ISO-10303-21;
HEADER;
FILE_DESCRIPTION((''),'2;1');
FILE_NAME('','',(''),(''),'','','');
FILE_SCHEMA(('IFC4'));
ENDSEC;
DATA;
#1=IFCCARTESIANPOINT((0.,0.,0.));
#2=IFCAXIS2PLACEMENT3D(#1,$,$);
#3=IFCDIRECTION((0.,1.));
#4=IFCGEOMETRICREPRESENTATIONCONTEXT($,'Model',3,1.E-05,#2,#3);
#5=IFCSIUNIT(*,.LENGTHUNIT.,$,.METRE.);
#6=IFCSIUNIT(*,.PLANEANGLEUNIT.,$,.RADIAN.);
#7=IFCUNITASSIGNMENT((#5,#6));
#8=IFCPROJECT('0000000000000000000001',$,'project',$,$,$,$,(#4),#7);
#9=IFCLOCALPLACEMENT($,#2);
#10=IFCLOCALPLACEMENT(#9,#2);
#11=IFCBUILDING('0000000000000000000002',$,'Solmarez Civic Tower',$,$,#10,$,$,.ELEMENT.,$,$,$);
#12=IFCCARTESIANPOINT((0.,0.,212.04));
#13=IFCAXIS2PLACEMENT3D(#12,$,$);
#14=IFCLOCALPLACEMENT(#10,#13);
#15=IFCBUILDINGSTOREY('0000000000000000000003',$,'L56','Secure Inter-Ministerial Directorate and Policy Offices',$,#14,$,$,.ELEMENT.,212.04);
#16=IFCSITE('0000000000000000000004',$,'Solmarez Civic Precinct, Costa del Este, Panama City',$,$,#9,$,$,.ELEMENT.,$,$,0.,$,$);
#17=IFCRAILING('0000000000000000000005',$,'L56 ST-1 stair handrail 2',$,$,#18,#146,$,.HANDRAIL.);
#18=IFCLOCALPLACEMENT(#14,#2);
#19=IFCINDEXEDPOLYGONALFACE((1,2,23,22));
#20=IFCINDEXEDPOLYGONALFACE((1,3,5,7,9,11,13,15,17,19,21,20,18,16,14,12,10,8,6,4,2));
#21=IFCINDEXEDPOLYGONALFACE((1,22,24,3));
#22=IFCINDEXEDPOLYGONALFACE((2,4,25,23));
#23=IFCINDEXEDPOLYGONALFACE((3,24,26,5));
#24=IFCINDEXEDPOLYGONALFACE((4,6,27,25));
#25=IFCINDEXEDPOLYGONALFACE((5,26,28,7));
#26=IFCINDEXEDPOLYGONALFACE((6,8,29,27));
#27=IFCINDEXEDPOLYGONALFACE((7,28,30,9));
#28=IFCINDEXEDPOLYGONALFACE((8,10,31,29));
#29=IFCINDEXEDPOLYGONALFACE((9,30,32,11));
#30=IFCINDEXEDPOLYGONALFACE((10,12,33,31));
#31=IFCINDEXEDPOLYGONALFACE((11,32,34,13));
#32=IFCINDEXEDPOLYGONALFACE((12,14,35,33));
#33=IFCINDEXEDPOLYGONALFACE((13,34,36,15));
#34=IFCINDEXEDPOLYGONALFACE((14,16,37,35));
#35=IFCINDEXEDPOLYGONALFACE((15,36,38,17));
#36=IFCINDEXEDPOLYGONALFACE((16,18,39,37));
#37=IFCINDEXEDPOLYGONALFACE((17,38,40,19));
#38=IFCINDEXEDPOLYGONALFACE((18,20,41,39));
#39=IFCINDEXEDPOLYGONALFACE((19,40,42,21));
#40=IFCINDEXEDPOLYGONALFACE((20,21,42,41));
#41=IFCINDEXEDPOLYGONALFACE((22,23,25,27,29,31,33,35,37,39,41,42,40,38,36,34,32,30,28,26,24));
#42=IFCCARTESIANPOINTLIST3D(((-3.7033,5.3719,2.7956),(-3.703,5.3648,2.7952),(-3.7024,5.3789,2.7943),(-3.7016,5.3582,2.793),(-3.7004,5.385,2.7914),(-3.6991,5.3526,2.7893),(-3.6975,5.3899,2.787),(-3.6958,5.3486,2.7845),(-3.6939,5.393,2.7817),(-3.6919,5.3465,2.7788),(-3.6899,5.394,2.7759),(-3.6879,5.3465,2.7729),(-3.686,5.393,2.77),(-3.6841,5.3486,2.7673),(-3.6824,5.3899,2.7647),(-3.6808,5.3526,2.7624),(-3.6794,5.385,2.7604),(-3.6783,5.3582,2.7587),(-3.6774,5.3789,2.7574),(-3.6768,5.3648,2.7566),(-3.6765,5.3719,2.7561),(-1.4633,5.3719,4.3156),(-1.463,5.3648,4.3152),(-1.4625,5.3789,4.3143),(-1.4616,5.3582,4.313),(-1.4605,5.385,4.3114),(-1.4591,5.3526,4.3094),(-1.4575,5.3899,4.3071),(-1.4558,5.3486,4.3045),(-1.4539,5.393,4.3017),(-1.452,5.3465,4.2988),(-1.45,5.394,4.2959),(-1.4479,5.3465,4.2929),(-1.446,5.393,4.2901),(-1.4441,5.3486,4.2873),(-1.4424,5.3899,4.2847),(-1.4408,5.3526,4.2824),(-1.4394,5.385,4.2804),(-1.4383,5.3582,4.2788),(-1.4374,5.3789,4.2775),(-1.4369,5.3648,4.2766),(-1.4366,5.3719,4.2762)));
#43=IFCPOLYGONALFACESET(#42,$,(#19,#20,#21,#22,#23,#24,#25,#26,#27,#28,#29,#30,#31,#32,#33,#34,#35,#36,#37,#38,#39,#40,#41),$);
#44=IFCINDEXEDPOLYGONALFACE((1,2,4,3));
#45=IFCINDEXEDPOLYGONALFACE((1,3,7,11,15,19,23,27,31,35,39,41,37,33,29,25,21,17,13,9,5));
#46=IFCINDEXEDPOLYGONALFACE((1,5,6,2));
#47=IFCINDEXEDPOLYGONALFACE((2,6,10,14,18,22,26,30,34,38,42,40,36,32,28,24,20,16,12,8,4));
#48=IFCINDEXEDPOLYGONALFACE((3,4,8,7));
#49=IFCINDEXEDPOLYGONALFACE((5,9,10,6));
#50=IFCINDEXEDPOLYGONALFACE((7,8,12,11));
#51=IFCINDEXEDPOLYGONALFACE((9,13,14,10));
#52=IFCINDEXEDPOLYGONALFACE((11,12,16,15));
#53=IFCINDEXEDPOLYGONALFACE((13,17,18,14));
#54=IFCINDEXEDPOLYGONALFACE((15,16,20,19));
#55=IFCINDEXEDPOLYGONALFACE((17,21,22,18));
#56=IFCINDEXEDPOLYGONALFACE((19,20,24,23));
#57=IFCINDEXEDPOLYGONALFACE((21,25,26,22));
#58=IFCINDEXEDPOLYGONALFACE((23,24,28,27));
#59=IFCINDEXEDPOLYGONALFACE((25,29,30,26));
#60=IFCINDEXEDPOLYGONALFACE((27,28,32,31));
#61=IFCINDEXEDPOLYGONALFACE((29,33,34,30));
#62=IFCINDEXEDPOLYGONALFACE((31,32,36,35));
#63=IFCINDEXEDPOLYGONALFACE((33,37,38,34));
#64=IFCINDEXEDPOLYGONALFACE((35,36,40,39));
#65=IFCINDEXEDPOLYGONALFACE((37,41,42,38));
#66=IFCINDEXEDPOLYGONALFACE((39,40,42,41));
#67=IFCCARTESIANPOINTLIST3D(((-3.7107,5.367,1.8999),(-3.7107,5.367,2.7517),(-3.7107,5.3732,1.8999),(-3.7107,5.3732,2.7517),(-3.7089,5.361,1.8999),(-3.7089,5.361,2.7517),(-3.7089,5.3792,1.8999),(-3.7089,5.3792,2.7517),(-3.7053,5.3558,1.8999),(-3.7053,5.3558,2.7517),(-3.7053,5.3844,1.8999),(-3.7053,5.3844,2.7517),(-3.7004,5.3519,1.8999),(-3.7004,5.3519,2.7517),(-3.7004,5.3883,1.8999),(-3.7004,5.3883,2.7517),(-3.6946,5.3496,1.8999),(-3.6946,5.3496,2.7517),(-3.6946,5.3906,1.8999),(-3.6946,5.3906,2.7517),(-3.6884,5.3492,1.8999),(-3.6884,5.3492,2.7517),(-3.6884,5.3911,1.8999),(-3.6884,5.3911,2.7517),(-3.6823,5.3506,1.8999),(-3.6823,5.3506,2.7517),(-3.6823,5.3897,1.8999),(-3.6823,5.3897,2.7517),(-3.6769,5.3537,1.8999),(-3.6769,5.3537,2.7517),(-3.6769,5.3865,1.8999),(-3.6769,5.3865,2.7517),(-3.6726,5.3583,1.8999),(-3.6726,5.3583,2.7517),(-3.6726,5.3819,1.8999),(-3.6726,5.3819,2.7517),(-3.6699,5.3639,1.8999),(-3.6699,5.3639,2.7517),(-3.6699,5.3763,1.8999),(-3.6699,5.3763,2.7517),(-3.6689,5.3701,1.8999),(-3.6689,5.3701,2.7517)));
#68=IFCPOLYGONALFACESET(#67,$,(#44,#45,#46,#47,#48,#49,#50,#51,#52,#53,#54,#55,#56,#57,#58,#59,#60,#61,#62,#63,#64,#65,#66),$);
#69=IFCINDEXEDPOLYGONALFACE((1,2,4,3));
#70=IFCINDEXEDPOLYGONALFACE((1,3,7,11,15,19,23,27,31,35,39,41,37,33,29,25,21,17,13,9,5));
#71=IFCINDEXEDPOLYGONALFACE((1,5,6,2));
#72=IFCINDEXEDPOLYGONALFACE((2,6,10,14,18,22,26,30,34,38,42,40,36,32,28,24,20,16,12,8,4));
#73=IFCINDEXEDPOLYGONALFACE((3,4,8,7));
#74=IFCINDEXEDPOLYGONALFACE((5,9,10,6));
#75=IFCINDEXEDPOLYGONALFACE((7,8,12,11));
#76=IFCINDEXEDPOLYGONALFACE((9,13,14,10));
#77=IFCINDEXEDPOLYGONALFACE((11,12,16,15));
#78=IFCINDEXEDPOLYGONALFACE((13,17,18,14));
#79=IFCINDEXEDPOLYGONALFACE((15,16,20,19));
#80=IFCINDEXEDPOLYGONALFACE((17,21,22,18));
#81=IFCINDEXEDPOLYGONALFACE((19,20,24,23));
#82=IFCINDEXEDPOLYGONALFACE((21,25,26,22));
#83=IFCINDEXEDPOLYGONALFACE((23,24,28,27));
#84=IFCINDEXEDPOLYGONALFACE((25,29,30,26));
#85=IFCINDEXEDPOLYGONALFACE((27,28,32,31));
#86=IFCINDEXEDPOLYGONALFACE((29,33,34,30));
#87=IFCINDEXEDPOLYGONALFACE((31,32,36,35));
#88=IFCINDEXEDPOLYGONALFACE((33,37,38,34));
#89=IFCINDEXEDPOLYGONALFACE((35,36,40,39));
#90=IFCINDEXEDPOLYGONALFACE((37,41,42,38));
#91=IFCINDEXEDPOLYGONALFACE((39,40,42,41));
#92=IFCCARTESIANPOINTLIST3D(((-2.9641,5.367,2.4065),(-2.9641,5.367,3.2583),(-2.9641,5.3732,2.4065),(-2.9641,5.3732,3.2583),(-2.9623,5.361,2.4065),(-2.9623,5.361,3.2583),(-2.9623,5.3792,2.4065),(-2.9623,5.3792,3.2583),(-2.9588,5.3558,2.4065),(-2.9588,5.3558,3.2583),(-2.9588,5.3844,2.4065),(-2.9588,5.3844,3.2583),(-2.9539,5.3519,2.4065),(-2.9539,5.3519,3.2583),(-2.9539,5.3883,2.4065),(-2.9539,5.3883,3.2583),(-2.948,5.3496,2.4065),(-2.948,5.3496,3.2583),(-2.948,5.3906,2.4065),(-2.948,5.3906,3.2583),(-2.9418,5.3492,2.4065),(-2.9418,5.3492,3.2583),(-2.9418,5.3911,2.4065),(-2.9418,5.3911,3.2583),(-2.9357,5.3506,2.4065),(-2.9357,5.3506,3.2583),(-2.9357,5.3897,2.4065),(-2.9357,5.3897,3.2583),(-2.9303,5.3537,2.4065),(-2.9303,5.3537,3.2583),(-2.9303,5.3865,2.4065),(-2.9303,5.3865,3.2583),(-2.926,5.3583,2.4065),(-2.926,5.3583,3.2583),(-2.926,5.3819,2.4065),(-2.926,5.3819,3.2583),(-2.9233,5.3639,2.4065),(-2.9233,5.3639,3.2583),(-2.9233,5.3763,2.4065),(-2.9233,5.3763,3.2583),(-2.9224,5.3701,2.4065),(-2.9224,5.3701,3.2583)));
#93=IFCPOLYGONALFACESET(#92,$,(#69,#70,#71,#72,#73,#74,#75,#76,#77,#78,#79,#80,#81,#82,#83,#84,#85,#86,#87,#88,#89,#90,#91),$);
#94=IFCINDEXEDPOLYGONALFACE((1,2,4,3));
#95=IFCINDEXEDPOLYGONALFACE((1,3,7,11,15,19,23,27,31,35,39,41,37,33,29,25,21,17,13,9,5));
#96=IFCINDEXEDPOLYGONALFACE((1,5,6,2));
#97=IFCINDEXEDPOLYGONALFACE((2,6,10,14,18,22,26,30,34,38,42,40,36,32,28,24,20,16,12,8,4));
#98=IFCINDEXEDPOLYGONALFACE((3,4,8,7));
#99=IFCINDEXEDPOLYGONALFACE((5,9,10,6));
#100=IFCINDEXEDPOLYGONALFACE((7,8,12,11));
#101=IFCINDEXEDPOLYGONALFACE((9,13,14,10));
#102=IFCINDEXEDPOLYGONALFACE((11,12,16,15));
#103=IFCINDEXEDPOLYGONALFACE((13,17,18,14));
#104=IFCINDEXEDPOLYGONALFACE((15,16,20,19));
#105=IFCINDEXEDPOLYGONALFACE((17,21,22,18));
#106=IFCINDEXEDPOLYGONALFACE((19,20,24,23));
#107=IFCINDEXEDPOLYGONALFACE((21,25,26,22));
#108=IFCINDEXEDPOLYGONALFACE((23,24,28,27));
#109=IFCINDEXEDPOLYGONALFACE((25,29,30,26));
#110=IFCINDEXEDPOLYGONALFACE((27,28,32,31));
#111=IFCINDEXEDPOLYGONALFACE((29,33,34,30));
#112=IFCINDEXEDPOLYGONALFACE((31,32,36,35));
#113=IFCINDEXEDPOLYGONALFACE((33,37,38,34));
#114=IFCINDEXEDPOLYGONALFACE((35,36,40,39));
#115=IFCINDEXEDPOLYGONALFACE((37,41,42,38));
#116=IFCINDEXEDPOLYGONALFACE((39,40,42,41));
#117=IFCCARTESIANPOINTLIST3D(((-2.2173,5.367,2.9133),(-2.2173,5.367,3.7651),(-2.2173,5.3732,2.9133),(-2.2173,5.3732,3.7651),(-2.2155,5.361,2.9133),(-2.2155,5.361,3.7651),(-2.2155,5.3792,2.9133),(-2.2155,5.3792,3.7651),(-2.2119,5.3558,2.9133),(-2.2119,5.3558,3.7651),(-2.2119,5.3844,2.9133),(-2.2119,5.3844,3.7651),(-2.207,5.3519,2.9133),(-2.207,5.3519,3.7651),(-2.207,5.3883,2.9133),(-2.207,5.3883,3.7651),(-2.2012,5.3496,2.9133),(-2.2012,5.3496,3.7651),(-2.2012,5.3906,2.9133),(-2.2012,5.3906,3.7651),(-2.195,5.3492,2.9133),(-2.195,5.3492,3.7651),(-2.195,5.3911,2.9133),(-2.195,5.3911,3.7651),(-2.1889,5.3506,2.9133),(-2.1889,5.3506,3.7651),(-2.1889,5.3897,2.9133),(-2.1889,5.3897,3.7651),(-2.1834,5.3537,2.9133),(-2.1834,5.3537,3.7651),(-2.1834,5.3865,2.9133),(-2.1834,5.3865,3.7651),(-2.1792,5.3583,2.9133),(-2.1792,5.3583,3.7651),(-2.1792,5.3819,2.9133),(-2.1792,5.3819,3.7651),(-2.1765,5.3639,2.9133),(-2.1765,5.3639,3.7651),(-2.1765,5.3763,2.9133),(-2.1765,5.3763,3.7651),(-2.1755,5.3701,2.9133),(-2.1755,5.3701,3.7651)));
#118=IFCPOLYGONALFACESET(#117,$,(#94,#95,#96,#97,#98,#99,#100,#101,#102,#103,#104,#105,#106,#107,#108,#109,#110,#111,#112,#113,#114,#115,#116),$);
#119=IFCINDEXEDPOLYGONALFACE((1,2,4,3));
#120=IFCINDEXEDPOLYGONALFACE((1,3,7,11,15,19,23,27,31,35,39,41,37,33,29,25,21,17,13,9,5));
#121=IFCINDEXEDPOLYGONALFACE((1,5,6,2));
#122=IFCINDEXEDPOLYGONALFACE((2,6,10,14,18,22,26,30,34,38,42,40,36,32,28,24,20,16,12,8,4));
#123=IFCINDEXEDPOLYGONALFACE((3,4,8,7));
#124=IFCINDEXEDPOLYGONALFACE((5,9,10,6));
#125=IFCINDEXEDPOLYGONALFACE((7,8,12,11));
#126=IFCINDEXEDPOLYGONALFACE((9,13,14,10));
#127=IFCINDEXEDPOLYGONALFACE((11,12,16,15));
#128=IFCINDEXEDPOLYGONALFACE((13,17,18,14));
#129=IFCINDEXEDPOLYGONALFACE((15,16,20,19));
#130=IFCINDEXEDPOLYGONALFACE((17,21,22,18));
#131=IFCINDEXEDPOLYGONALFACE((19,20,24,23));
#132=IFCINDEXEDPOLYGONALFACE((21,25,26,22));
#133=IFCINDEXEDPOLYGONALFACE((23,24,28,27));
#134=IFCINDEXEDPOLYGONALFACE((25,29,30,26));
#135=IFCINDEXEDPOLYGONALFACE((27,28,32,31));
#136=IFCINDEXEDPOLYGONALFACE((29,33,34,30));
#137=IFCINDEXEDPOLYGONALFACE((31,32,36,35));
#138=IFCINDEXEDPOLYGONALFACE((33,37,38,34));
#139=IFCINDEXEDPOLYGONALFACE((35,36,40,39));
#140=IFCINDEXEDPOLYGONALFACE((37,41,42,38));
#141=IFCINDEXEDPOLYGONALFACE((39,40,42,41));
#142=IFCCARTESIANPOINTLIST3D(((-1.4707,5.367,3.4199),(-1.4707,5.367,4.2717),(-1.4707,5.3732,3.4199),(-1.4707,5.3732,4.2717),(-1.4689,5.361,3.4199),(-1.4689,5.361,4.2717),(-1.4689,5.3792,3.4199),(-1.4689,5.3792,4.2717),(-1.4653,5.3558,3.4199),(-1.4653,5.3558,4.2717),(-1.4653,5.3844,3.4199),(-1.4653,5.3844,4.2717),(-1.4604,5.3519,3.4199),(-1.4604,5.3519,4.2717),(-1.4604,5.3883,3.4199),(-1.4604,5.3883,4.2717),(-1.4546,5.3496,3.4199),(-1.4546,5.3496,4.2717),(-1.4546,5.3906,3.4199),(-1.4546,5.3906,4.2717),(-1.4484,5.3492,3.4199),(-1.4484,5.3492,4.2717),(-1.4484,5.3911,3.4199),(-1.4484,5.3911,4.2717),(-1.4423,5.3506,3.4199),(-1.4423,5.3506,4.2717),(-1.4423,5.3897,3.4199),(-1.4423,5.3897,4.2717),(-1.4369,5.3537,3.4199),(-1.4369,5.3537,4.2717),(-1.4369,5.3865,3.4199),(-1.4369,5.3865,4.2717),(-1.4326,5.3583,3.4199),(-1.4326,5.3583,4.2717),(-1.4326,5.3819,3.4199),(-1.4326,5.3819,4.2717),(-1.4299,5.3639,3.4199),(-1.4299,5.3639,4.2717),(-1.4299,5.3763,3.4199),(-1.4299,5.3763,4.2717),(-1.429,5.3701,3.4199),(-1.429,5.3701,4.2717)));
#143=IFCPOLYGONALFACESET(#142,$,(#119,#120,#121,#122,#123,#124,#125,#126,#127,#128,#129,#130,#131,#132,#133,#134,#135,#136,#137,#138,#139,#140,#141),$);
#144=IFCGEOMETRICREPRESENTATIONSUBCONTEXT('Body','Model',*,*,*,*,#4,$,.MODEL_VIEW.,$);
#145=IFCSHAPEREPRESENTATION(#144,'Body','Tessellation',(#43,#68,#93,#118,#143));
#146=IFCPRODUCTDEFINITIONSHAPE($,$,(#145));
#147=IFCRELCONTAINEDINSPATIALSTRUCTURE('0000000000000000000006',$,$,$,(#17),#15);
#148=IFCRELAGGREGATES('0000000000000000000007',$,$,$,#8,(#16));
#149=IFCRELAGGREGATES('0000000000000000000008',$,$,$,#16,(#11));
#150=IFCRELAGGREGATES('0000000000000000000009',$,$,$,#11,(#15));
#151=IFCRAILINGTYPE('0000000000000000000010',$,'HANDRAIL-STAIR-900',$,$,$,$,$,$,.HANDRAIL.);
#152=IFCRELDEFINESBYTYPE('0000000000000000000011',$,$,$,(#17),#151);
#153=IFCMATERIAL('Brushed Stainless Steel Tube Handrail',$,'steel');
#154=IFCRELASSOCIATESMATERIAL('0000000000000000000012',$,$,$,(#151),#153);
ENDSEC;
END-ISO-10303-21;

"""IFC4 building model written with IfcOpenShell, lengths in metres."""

from ifc_helpers import new_model, si_unit, direction, frame, origin, origin_2d, place, context, subcontext, project, spatial, circle, extrude, material, type_object, element, save


model = new_model("IFC4")

# Units and contexts
model_context = context("Model", 3, precision=1e-05, world=origin(), true_north=direction((0.0, 1.0)))
body_context = subcontext(model_context, "Body", "Model", "MODEL_VIEW")
ifc_project = project(units=[si_unit("LENGTHUNIT", "METRE"), si_unit("PLANEANGLEUNIT", "RADIAN")], contexts=[model_context])

# Site, building, storey
site_placement = place(None, origin())
site = spatial("IfcSite", under=ifc_project, at=site_placement, Name="Solmarez Civic Precinct, Costa del Este, Panama City", CompositionType="ELEMENT", RefElevation=0.0)
building_placement = place(site_placement, origin())
building = spatial("IfcBuilding", under=site, at=building_placement, Name="Solmarez Civic Tower", CompositionType="ELEMENT")
storey_placement = place(building_placement, frame((0.0, 0.0, 212.04)))
storey = spatial("IfcBuildingStorey", under=building, at=storey_placement, Name="L56", Description="Secure Inter-Ministerial Directorate and Policy Offices", CompositionType="ELEMENT", Elevation=212.04)

# Railing
ifc_material_1 = material(Name="Brushed Stainless Steel Tube Handrail", Category="steel")
railing_type_1 = type_object("IfcRailingType", Name="HANDRAIL-STAIR-900", PredefinedType="HANDRAIL", material=ifc_material_1)
railing_1_placement = place(storey_placement, frame((-3.6899, 5.3701, 1.8999)))
element("IfcRailing", 1, at=railing_1_placement, inside=storey, type_object=railing_type_1, Name="L56 ST-1 stair handrail 2", PredefinedType="HANDRAIL", context=body_context, shape_type="SweptSolid", body=[
    extrude(circle(Radius=0.0239, at=origin_2d()), frame((0.0, 0.0, 0.876), z_axis=(0.827471, 0.0, 0.561508), x_axis=(0.0, 1.0, 0.0)), (0.0, 0.0, 1.0), 2.707),
    extrude(circle(Radius=0.021, at=origin_2d()), origin(), (0.0, 0.0, 1.0), 0.8518),
    extrude(circle(Radius=0.021, at=origin_2d()), frame((0.7466, 0.0, 0.5066)), (0.0, 0.0, 1.0), 0.8518),
    extrude(circle(Radius=0.021, at=origin_2d()), frame((1.4934, 0.0, 1.0134)), (0.0, 0.0, 1.0), 0.8518),
    extrude(circle(Radius=0.021, at=origin_2d()), frame((2.24, 0.0, 1.52)), (0.0, 0.0, 1.0), 0.8518),
])

save(model, "model.ifc")
